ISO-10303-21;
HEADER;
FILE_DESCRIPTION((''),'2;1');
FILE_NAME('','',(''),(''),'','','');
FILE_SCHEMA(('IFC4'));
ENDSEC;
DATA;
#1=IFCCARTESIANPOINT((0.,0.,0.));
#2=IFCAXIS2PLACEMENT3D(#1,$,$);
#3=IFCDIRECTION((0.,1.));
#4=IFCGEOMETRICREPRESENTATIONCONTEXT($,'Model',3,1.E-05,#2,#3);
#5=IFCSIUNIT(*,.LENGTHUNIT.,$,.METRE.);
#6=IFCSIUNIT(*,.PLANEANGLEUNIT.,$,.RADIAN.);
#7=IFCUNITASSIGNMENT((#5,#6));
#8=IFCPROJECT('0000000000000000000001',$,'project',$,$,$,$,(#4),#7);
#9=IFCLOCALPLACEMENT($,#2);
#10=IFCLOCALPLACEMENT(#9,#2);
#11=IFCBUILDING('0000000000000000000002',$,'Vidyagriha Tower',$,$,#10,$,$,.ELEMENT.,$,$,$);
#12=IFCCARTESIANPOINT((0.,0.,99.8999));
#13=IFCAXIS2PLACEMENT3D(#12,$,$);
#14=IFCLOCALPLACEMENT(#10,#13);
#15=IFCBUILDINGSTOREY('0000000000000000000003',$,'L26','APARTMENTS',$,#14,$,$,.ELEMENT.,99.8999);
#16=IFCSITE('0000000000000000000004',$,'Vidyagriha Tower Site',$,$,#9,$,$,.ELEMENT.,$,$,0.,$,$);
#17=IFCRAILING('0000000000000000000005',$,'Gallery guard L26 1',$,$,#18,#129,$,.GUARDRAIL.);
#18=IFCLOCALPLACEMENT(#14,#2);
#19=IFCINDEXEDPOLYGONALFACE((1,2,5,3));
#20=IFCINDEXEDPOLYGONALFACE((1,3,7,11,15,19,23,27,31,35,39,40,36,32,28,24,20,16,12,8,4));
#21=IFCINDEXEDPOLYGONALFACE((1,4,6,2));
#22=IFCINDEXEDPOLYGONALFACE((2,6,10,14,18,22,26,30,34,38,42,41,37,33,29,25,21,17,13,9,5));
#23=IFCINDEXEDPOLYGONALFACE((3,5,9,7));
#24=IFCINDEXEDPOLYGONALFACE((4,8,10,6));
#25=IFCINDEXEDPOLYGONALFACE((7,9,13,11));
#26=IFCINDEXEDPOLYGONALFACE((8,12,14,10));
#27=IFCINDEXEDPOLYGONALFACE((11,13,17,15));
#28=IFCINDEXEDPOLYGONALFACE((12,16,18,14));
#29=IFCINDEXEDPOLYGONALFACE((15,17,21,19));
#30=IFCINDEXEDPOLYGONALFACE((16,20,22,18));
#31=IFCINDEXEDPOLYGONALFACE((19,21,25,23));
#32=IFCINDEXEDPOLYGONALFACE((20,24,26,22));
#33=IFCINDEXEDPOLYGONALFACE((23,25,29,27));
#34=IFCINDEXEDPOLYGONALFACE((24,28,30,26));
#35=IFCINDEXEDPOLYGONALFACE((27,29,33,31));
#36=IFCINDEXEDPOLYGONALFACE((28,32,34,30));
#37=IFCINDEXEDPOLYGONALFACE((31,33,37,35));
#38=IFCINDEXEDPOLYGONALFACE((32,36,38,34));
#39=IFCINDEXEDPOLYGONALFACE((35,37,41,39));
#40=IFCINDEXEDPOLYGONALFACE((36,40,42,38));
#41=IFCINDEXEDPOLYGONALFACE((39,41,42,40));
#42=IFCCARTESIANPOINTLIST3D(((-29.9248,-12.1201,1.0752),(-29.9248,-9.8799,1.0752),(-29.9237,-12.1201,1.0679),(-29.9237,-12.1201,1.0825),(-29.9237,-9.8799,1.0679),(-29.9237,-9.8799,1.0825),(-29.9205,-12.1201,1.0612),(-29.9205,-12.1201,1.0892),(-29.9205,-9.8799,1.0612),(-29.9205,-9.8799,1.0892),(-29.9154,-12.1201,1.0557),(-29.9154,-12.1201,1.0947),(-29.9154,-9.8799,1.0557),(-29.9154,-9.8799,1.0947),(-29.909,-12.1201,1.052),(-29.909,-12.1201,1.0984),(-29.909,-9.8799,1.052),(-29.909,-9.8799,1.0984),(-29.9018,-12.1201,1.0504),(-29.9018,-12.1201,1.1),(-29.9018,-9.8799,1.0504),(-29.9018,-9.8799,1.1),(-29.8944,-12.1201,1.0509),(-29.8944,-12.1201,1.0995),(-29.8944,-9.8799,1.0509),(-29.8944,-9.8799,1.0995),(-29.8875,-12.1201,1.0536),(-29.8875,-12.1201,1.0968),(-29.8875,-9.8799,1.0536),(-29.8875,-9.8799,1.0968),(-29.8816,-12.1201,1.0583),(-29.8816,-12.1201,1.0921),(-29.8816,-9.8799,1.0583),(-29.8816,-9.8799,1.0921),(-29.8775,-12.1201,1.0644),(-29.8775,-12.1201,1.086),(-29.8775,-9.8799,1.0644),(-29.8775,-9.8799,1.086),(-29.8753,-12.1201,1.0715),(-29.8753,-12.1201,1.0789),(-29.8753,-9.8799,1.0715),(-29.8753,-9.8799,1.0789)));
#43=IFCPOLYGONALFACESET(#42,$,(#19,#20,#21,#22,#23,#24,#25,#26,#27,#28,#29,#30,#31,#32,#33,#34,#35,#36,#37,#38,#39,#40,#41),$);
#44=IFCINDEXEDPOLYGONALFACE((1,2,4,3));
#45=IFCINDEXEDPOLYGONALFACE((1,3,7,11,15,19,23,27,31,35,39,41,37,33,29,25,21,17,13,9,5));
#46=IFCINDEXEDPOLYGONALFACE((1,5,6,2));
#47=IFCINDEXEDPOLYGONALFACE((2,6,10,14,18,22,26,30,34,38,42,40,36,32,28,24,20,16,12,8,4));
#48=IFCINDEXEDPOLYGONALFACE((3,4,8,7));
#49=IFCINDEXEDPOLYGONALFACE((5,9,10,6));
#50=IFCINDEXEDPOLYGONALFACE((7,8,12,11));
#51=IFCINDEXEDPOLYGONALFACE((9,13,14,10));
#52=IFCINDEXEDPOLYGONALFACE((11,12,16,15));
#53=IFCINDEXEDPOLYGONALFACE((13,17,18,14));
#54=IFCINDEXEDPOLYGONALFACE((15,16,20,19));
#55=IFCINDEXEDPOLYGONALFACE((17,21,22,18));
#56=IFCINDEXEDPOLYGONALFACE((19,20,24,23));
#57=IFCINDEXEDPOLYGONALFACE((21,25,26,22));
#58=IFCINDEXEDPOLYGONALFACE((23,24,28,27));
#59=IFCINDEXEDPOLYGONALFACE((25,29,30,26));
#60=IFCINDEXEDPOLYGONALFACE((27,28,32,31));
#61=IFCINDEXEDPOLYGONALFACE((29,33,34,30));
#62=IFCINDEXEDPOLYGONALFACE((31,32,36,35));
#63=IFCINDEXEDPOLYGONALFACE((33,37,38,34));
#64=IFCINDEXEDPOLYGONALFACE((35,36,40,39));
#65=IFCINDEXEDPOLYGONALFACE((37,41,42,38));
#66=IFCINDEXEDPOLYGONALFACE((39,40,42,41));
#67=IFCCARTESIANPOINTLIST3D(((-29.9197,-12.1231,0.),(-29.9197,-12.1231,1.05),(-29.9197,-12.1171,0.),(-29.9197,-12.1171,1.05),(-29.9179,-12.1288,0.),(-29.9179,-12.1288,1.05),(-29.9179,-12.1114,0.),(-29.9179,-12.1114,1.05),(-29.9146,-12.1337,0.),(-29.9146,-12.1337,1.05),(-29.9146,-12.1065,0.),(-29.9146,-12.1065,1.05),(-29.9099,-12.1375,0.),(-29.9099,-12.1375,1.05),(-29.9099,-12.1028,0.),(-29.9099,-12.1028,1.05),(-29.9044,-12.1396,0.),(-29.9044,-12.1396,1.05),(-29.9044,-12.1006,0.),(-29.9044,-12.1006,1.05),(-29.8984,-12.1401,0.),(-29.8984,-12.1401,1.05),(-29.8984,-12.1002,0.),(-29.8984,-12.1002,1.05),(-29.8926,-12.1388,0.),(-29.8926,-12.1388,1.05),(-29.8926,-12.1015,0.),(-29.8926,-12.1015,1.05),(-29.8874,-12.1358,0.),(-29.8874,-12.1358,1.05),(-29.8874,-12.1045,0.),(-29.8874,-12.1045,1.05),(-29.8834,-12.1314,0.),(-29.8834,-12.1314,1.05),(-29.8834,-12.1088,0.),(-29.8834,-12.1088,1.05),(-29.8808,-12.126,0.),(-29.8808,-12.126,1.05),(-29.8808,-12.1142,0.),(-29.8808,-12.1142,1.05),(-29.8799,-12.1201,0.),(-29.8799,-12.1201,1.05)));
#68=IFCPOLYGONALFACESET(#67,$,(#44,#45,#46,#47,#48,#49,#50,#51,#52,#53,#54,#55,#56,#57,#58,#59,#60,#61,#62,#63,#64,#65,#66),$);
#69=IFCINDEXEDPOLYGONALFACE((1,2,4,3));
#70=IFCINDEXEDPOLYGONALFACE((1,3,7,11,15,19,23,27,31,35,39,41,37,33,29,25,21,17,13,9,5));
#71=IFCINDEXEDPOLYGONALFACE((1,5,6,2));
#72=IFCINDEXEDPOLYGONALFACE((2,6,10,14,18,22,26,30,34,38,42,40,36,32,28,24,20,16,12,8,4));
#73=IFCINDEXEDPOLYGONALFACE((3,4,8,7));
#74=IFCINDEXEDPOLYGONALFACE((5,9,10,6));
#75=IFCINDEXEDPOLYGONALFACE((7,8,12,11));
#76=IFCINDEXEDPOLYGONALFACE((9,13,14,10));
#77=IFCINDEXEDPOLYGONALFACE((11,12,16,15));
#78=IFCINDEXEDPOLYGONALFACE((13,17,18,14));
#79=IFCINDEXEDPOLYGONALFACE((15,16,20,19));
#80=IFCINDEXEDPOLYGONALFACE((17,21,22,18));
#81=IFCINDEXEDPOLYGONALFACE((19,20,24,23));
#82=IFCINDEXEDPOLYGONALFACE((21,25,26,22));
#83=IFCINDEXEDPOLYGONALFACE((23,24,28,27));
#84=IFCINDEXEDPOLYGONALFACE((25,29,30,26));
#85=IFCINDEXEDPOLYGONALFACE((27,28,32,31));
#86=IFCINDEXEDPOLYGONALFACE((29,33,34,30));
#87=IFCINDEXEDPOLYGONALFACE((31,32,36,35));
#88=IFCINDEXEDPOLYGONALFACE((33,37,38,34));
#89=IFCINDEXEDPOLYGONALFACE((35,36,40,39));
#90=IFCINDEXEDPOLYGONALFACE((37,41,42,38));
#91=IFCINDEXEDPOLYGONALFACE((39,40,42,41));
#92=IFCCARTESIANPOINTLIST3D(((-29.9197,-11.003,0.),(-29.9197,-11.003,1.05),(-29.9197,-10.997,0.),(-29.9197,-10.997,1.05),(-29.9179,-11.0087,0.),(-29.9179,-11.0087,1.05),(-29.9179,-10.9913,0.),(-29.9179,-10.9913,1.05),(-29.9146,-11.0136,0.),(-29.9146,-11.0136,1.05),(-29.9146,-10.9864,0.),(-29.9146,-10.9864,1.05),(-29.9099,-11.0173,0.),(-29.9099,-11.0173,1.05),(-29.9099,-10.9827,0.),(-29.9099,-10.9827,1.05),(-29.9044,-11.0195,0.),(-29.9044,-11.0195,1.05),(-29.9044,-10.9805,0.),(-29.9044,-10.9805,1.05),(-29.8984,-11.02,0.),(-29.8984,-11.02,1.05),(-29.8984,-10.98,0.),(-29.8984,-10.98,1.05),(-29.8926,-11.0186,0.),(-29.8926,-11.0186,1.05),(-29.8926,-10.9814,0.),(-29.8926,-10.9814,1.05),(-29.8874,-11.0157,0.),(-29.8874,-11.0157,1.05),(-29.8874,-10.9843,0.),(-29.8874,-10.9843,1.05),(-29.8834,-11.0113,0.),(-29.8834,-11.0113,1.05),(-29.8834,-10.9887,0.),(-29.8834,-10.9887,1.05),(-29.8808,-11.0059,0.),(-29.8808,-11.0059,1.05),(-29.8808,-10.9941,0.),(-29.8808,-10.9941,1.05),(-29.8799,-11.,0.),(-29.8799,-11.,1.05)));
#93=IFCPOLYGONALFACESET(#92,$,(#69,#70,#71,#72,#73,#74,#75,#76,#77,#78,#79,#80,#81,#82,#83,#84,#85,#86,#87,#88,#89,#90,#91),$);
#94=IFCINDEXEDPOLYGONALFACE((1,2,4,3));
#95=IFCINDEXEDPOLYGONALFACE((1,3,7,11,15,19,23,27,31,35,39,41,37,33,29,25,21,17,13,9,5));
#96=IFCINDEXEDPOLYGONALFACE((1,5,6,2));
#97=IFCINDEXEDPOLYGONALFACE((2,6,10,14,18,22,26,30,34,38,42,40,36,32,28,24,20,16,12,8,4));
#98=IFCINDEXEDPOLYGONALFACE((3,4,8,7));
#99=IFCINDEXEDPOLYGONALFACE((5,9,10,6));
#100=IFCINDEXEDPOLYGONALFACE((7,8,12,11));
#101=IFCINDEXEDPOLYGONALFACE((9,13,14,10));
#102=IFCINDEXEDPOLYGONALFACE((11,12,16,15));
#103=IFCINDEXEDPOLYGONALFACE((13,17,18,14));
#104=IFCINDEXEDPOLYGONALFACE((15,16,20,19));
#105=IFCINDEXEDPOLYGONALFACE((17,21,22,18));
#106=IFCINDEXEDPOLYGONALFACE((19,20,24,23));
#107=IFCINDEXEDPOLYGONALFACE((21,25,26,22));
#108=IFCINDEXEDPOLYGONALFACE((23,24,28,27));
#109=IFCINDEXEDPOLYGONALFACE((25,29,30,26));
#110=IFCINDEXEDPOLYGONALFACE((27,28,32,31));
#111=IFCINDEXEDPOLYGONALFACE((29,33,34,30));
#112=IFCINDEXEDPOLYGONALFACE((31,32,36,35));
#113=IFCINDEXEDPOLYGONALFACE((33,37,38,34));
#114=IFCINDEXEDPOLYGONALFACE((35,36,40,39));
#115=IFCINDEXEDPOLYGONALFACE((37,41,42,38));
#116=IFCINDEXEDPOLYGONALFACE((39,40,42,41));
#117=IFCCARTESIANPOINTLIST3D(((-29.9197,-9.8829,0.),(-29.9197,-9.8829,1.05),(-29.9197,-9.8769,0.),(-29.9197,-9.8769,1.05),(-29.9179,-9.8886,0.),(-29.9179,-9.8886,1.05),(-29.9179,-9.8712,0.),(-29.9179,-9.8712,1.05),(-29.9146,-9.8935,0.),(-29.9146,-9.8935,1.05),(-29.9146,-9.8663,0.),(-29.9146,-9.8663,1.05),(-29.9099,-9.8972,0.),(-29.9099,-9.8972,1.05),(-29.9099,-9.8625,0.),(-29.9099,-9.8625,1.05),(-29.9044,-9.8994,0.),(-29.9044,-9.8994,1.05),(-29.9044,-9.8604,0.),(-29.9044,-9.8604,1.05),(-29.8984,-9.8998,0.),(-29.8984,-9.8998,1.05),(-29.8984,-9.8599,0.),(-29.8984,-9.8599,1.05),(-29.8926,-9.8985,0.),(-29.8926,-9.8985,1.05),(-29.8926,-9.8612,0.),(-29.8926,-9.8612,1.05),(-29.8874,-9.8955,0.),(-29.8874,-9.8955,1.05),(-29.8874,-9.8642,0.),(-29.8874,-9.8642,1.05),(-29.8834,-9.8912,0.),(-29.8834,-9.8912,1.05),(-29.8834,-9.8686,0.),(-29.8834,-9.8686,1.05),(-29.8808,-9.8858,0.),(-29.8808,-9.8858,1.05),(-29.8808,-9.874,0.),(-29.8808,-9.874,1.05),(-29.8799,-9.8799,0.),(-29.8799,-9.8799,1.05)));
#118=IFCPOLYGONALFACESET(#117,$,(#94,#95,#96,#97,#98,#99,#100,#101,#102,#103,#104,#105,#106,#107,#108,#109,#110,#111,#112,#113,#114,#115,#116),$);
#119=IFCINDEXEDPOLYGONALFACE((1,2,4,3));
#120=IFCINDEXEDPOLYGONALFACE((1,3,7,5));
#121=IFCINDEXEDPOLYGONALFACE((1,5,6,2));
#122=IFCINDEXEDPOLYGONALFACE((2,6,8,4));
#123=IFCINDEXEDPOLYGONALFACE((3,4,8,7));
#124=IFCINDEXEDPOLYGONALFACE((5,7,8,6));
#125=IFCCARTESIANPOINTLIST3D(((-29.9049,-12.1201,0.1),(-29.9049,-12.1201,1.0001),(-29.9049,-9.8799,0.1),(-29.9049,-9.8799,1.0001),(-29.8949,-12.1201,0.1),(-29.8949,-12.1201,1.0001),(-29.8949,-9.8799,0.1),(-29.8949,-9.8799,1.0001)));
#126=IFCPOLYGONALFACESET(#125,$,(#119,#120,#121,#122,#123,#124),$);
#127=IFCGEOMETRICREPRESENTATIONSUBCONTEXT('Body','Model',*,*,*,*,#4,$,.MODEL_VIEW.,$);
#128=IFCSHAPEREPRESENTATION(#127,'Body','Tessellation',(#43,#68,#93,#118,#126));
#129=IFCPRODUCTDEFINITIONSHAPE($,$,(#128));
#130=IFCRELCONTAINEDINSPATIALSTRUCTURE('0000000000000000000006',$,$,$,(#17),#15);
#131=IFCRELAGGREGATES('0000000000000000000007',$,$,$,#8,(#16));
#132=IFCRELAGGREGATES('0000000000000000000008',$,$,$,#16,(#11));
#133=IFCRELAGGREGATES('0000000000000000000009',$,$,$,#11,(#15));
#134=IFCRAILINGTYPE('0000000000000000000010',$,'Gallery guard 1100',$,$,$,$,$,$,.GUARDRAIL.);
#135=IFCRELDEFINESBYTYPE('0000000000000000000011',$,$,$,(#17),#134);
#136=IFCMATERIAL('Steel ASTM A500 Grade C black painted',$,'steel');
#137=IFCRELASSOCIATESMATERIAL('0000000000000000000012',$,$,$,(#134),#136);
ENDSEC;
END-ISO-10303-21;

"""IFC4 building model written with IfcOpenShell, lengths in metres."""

from ifc_helpers import new_model, si_unit, direction, frame, origin, origin_2d, place, context, subcontext, project, spatial, rectangle, circle, extrude, material, type_object, element, save


model = new_model("IFC4")

# Units and contexts
model_context = context("Model", 3, precision=1e-05, world=origin(), true_north=direction((0.0, 1.0)))
body_context = subcontext(model_context, "Body", "Model", "MODEL_VIEW")
ifc_project = project(units=[si_unit("LENGTHUNIT", "METRE"), si_unit("PLANEANGLEUNIT", "RADIAN")], contexts=[model_context])

# Site, building, storey
site_placement = place(None, origin())
site = spatial("IfcSite", under=ifc_project, at=site_placement, Name="Vidyagriha Tower Site", CompositionType="ELEMENT", RefElevation=0.0)
building_placement = place(site_placement, origin())
building = spatial("IfcBuilding", under=site, at=building_placement, Name="Vidyagriha Tower", CompositionType="ELEMENT")
storey_placement = place(building_placement, frame((0.0, 0.0, 99.8999)))
storey = spatial("IfcBuildingStorey", under=building, at=storey_placement, Name="L26", Description="APARTMENTS", CompositionType="ELEMENT", Elevation=99.8999)

# Railing
ifc_material_1 = material(Name="Steel ASTM A500 Grade C black painted", Category="steel")
railing_type_1 = type_object("IfcRailingType", Name="Gallery guard 1100", PredefinedType="GUARDRAIL", material=ifc_material_1)
railing_1_placement = place(storey_placement, frame((-29.8999, -12.1201, 0.0)))
element("IfcRailing", 1, at=railing_1_placement, inside=storey, type_object=railing_type_1, Name="Gallery guard L26 1", PredefinedType="GUARDRAIL", context=body_context, shape_type="SweptSolid", body=[
    extrude(circle(Radius=0.0249, at=origin_2d()), frame((0.0, 0.0, 1.0752), z_axis=(0.0, 1.0, 0.0), x_axis=(-1.0, 0.0, 0.0)), (0.0, 0.0, 1.0), 2.2402),
    extrude(circle(Radius=0.02, at=origin_2d()), origin(), (0.0, 0.0, 1.0), 1.05),
    extrude(circle(Radius=0.02, at=origin_2d()), frame((0.0, 1.1201, 0.0)), (0.0, 0.0, 1.0), 1.05),
    extrude(circle(Radius=0.02, at=origin_2d()), frame((0.0, 2.2402, 0.0)), (0.0, 0.0, 1.0), 1.05),
    extrude(rectangle(XDim=0.01, YDim=0.9001, at=origin_2d()), frame((0.0, 0.0, 0.55), z_axis=(0.0, 1.0, 0.0), x_axis=(-1.0, 0.0, 0.0)), (0.0, 0.0, 1.0), 2.2402),
])

save(model, "model.ifc")
